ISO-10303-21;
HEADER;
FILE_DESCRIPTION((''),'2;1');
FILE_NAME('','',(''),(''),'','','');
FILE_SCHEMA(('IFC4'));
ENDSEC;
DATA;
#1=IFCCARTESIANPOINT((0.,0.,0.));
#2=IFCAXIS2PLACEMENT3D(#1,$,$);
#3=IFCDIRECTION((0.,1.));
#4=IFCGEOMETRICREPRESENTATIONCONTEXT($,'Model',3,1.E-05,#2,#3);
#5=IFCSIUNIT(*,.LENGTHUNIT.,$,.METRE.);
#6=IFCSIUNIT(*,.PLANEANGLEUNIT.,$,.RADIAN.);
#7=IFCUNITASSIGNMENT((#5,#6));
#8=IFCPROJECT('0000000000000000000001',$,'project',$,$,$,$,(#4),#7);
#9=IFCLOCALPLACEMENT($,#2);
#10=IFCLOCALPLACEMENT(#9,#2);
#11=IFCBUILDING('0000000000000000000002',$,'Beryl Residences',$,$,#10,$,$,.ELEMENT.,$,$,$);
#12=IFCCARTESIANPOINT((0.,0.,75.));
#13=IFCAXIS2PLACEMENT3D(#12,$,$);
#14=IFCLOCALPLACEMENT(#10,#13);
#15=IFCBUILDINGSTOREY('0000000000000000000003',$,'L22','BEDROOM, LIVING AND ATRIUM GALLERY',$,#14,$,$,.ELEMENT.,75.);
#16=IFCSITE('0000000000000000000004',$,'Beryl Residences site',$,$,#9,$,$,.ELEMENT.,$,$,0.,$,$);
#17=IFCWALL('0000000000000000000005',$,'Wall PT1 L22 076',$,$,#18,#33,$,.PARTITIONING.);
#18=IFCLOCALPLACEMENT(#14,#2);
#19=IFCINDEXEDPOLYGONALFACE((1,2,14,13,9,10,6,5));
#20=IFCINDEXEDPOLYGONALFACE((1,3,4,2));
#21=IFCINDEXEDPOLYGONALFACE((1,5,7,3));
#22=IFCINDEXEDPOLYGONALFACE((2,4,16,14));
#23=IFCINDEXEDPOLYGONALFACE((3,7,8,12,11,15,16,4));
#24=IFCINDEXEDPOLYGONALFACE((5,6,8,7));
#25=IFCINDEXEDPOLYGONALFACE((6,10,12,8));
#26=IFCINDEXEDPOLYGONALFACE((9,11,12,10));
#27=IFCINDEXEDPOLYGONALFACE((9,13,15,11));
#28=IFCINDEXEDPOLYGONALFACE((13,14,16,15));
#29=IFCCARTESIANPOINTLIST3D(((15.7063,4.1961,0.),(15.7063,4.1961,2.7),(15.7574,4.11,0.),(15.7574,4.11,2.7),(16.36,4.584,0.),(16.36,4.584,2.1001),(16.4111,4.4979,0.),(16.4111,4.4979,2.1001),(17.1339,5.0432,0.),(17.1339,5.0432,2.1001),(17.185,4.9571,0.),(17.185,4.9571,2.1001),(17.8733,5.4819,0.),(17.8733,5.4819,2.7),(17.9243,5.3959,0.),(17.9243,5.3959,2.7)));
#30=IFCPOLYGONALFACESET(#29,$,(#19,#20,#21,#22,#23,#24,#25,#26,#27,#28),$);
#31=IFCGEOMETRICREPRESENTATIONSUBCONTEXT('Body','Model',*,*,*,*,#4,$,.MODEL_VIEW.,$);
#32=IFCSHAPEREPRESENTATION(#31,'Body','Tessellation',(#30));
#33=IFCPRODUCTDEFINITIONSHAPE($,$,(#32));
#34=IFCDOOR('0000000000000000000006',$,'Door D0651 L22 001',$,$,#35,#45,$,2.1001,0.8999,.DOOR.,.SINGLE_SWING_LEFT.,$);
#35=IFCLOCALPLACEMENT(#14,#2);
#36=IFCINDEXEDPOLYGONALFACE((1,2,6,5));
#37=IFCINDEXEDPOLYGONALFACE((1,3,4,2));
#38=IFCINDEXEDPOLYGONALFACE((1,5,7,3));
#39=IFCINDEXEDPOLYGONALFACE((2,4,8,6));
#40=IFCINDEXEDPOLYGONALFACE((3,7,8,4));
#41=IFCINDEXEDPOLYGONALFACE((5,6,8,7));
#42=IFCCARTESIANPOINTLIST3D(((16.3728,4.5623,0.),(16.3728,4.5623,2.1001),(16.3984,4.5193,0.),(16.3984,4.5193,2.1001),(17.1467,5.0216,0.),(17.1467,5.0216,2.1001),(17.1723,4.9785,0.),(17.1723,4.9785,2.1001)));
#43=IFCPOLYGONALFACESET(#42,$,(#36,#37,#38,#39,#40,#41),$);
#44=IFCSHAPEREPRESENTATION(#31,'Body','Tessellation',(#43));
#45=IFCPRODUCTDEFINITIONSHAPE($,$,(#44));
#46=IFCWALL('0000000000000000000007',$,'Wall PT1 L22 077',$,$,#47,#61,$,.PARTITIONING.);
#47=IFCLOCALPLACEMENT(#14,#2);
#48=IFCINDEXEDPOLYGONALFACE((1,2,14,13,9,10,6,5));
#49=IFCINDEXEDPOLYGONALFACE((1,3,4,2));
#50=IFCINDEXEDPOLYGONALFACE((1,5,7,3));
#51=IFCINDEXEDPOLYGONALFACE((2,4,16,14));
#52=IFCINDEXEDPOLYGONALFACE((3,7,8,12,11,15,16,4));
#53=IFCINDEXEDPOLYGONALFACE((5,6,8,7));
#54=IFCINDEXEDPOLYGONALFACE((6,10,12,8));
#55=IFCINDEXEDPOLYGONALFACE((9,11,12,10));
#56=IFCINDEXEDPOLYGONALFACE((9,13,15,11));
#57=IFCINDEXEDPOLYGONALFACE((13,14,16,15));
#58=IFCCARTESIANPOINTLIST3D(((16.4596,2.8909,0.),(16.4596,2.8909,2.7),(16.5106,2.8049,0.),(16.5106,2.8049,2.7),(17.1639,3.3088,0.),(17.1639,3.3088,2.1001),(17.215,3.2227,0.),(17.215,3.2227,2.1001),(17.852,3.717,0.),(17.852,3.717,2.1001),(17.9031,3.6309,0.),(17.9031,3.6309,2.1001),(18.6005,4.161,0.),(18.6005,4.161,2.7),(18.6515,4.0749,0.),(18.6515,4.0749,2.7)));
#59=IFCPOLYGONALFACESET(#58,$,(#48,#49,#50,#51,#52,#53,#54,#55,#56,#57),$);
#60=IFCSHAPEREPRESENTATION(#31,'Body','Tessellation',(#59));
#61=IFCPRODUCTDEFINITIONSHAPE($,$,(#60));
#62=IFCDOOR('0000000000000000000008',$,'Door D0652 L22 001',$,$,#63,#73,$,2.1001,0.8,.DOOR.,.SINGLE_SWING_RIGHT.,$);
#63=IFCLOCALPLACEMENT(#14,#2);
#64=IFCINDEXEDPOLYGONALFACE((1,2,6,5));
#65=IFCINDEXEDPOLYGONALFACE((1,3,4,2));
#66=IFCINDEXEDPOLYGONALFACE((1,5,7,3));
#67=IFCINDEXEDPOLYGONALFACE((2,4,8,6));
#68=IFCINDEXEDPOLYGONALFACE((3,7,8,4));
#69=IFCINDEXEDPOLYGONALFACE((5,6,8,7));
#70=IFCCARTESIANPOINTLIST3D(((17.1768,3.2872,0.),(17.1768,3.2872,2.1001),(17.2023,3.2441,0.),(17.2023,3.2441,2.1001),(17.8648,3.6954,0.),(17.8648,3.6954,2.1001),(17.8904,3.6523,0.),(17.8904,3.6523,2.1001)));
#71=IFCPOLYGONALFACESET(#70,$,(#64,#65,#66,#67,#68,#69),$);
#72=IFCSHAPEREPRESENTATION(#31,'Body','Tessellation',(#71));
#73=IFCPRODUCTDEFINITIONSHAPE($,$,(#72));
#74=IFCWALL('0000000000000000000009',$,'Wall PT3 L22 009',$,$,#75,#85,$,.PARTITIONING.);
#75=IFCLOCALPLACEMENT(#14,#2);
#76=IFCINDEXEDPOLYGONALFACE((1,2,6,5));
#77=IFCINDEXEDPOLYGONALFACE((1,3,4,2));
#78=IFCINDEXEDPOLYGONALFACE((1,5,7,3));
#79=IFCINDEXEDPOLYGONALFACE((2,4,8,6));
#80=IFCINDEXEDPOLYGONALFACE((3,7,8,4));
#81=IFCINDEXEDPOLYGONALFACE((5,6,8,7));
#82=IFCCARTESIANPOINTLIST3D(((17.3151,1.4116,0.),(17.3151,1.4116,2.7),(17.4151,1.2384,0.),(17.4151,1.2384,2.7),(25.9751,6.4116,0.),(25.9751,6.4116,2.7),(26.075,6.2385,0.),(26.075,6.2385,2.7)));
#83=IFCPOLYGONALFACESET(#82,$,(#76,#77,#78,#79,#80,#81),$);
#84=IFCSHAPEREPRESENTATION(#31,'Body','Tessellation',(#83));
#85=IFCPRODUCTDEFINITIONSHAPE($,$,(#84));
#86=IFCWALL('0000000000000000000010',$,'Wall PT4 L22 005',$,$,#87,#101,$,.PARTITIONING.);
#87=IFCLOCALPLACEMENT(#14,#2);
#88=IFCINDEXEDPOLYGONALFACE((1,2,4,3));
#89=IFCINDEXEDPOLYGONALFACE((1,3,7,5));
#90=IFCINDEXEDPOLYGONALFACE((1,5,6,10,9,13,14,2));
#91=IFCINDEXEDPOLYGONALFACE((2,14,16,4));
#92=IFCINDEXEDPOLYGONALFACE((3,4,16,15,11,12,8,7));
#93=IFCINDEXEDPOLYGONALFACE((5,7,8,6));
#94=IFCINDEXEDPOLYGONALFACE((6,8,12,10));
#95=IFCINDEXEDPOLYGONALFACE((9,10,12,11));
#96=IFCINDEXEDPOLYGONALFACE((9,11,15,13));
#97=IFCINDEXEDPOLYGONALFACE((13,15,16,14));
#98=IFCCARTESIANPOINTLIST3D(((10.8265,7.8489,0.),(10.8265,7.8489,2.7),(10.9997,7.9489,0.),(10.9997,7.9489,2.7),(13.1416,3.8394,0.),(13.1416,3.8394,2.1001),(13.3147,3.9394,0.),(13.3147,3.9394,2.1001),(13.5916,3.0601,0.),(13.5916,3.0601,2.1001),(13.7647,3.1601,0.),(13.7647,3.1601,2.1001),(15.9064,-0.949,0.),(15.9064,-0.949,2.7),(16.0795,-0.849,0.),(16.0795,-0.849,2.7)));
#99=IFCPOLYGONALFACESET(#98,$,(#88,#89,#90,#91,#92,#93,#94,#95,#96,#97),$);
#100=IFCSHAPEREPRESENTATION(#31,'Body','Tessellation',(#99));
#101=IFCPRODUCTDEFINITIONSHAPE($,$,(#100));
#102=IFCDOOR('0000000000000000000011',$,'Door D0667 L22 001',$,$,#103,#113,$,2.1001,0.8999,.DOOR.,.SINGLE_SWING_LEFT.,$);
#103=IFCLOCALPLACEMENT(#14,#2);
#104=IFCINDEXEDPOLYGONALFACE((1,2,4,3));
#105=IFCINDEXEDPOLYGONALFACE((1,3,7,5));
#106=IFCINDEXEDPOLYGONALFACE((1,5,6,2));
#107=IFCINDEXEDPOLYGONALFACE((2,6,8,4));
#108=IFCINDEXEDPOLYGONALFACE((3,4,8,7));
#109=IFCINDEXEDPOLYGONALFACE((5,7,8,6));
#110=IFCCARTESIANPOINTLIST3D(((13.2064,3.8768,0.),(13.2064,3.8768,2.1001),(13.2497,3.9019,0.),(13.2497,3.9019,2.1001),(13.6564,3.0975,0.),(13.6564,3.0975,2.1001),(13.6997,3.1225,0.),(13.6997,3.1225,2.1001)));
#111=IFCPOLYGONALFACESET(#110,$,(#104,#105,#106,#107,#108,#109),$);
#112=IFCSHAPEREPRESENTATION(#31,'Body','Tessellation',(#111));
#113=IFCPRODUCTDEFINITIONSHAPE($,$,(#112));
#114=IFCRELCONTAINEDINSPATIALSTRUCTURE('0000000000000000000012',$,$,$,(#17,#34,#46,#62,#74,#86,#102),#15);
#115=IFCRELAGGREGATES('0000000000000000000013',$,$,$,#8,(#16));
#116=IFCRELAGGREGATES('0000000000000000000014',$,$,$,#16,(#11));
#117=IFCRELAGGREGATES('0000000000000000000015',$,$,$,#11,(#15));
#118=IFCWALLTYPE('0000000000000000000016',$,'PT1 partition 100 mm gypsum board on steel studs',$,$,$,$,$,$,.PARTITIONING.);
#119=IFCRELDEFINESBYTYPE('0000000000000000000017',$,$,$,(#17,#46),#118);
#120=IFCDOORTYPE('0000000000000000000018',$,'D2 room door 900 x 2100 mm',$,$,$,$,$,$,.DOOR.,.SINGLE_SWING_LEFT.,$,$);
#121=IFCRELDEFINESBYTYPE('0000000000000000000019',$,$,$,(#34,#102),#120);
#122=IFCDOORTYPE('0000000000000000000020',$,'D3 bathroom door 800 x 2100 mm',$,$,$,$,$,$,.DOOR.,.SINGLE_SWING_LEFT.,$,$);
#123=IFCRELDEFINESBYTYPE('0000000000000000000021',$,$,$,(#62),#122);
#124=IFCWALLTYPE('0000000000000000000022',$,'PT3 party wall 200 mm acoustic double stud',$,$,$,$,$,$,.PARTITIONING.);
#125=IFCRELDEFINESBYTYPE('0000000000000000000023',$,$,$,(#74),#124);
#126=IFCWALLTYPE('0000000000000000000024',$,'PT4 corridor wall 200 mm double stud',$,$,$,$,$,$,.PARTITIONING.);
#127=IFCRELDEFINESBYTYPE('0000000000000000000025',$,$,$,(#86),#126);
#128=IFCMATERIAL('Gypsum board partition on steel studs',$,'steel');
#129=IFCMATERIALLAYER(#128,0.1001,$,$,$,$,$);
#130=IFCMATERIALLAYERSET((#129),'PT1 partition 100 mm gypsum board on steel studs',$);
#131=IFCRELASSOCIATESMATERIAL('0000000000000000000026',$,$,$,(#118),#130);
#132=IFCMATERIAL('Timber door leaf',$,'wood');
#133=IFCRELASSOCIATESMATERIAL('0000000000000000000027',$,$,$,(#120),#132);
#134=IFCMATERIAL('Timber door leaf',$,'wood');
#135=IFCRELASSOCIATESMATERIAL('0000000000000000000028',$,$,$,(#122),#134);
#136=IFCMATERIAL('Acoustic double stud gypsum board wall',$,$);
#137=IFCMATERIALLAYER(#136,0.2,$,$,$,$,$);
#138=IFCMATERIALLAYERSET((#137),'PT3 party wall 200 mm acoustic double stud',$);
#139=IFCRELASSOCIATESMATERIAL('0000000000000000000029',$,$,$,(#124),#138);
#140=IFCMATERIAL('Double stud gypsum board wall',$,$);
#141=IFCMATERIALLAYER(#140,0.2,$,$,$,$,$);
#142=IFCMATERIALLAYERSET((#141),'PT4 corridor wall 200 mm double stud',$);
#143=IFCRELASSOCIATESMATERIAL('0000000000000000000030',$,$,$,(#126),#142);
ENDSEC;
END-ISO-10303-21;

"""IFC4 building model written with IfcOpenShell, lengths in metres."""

from ifc_helpers import new_model, si_unit, direction, frame, frame_2d, origin, place, context, subcontext, project, spatial, rectangle, extrude, material, layer, layer_set, type_object, element, fill, save


model = new_model("IFC4")

# Units and contexts
model_context = context("Model", 3, precision=1e-05, world=origin(), true_north=direction((0.0, 1.0)))
body_context = subcontext(model_context, "Body", "Model", "MODEL_VIEW")
ifc_project = project(units=[si_unit("LENGTHUNIT", "METRE"), si_unit("PLANEANGLEUNIT", "RADIAN")], contexts=[model_context])

# Site, building, storey
site_placement = place(None, origin())
site = spatial("IfcSite", under=ifc_project, at=site_placement, Name="Beryl Residences site", CompositionType="ELEMENT", RefElevation=0.0)
building_placement = place(site_placement, origin())
building = spatial("IfcBuilding", under=site, at=building_placement, Name="Beryl Residences", CompositionType="ELEMENT")
storey_placement = place(building_placement, frame((0.0, 0.0, 75.0)))
storey = spatial("IfcBuildingStorey", under=building, at=storey_placement, Name="L22", Description="BEDROOM, LIVING AND ATRIUM GALLERY", CompositionType="ELEMENT", Elevation=75.0)

# Shared definitions
ifc_material_1 = material(Name="Gypsum board partition on steel studs", Category="steel")
ifc_layer_1 = layer(ifc_material_1, 0.1001)
ifc_layer_set_1 = layer_set([ifc_layer_1], Name="PT1 partition 100 mm gypsum board on steel studs")
wall_type_1 = type_object("IfcWallType", Name="PT1 partition 100 mm gypsum board on steel studs", PredefinedType="PARTITIONING", material=ifc_layer_set_1)

# Walls, openings, doors
ifc_material_2 = material(Name="Timber door leaf", Category="wood")
door_type_1 = type_object("IfcDoorType", Name="D2 room door 900 x 2100 mm", OperationType="SINGLE_SWING_LEFT", PredefinedType="DOOR", material=ifc_material_2)
wall_1_placement = place(storey_placement, frame((15.7319, 4.1531, 0.0), z_axis=(0.0, 0.0, 1.0), x_axis=(0.859988, 0.510315, 0.0)))
wall_1 = element("IfcWall", 1, at=wall_1_placement, inside=storey, type_object=wall_type_1, Name="Wall PT1 L22 076", PredefinedType="PARTITIONING", context=body_context, shape_type="SweptSolid", body=[
    extrude(rectangle(XDim=2.5198, YDim=0.1001, at=frame_2d((1.2598, 0.0))), origin(), (0.0, 0.0, 1.0), 2.7),
])
opening_1_placement = place(wall_1_placement, frame((0.76, 0.0, 0.0)))
opening_1 = element("IfcOpeningElement", 2, at=opening_1_placement, cuts=wall_1, PredefinedType="OPENING", context=body_context, shape_type="SweptSolid", body=[
    extrude(rectangle(XDim=0.8999, YDim=2.1001, at=frame_2d((0.45, 1.05))), frame((0.0, 0.0601, 0.0), z_axis=(0.0, -1.0, 0.0), x_axis=(1.0, 0.0, 0.0)), (0.0, 0.0, 1.0), 0.1201),
])
door_1_placement = place(opening_1_placement, origin())
door_1 = element("IfcDoor", 3, at=door_1_placement, inside=storey, type_object=door_type_1, Name="Door D0651 L22 001", OperationType="SINGLE_SWING_LEFT", OverallHeight=2.1001, OverallWidth=0.8999, PredefinedType="DOOR", context=body_context, shape_type="SweptSolid", body=[
    extrude(rectangle(XDim=0.8999, YDim=2.1001, at=frame_2d((0.45, 1.05))), frame((0.0, 0.0249, 0.0), z_axis=(0.0, -1.0, 0.0), x_axis=(1.0, 0.0, 0.0)), (0.0, 0.0, 1.0), 0.05),
])
fill(opening_1, door_1)
wall_2_placement = place(storey_placement, frame((16.4851, 2.8479, 0.0), z_axis=(0.0, 0.0, 1.0), x_axis=(0.860052, 0.510206, 0.0)))
wall_2 = element("IfcWall", 4, at=wall_2_placement, inside=storey, type_object=wall_type_1, Name="Wall PT1 L22 077", PredefinedType="PARTITIONING", context=body_context, shape_type="SweptSolid", body=[
    extrude(rectangle(XDim=2.4893, YDim=0.1001, at=frame_2d((1.2446, 0.0))), origin(), (0.0, 0.0, 1.0), 2.7),
])
opening_2_placement = place(wall_2_placement, frame((0.8191, 0.0, 0.0)))
opening_2 = element("IfcOpeningElement", 5, at=opening_2_placement, cuts=wall_2, PredefinedType="OPENING", context=body_context, shape_type="SweptSolid", body=[
    extrude(rectangle(XDim=0.8, YDim=2.1001, at=frame_2d((0.3999, 1.05))), frame((0.0, 0.0601, 0.0), z_axis=(0.0, -1.0, 0.0), x_axis=(1.0, 0.0, 0.0)), (0.0, 0.0, 1.0), 0.1201),
])
ifc_material_3 = material(Name="Timber door leaf", Category="wood")
door_type_2 = type_object("IfcDoorType", Name="D3 bathroom door 800 x 2100 mm", OperationType="SINGLE_SWING_LEFT", PredefinedType="DOOR", material=ifc_material_3)
door_2_placement = place(opening_2_placement, origin())
door_2 = element("IfcDoor", 6, at=door_2_placement, inside=storey, type_object=door_type_2, Name="Door D0652 L22 001", OperationType="SINGLE_SWING_RIGHT", OverallHeight=2.1001, OverallWidth=0.8, PredefinedType="DOOR", context=body_context, shape_type="SweptSolid", body=[
    extrude(rectangle(XDim=0.8, YDim=2.1001, at=frame_2d((0.3999, 1.05))), frame((0.0, 0.0249, 0.0), z_axis=(0.0, -1.0, 0.0), x_axis=(1.0, 0.0, 0.0)), (0.0, 0.0, 1.0), 0.05),
])
fill(opening_2, door_2)

# Wall
ifc_material_4 = material(Name="Acoustic double stud gypsum board wall")
ifc_layer_2 = layer(ifc_material_4, 0.2)
ifc_layer_set_2 = layer_set([ifc_layer_2], Name="PT3 party wall 200 mm acoustic double stud")
wall_type_2 = type_object("IfcWallType", Name="PT3 party wall 200 mm acoustic double stud", PredefinedType="PARTITIONING", material=ifc_layer_set_2)
wall_3_placement = place(storey_placement, frame((17.365, 1.325, 0.0), z_axis=(0.0, 0.0, 1.0), x_axis=(0.866017, 0.500015, 0.0)))
element("IfcWall", 7, at=wall_3_placement, inside=storey, type_object=wall_type_2, Name="Wall PT3 L22 009", PredefinedType="PARTITIONING", context=body_context, shape_type="SweptSolid", body=[
    extrude(rectangle(XDim=9.9998, YDim=0.2, at=frame_2d((5.0, 0.0))), origin(), (0.0, 0.0, 1.0), 2.7),
])

# Wall, opening, door
ifc_material_5 = material(Name="Double stud gypsum board wall")
ifc_layer_3 = layer(ifc_material_5, 0.2)
ifc_layer_set_3 = layer_set([ifc_layer_3], Name="PT4 corridor wall 200 mm double stud")
wall_type_3 = type_object("IfcWallType", Name="PT4 corridor wall 200 mm double stud", PredefinedType="PARTITIONING", material=ifc_layer_set_3)
wall_4_placement = place(storey_placement, frame((10.9131, 7.8989, 0.0), z_axis=(0.0, 0.0, 1.0), x_axis=(0.500029, -0.866009, 0.0)))
wall_4 = element("IfcWall", 8, at=wall_4_placement, inside=storey, type_object=wall_type_3, Name="Wall PT4 L22 005", PredefinedType="PARTITIONING", context=body_context, shape_type="SweptSolid", body=[
    extrude(rectangle(XDim=10.1592, YDim=0.2, at=frame_2d((5.0796, 0.0))), origin(), (0.0, 0.0, 1.0), 2.7),
])
opening_3_placement = place(wall_4_placement, frame((4.6299, 0.0, 0.0)))
opening_3 = element("IfcOpeningElement", 9, at=opening_3_placement, cuts=wall_4, PredefinedType="OPENING", context=body_context, shape_type="SweptSolid", body=[
    extrude(rectangle(XDim=0.8999, YDim=2.1001, at=frame_2d((0.45, 1.05))), frame((0.0, 0.1099, 0.0), z_axis=(0.0, -1.0, 0.0), x_axis=(1.0, 0.0, 0.0)), (0.0, 0.0, 1.0), 0.22),
])
door_3_placement = place(opening_3_placement, origin())
door_3 = element("IfcDoor", 10, at=door_3_placement, inside=storey, type_object=door_type_1, Name="Door D0667 L22 001", OperationType="SINGLE_SWING_LEFT", OverallHeight=2.1001, OverallWidth=0.8999, PredefinedType="DOOR", context=body_context, shape_type="SweptSolid", body=[
    extrude(rectangle(XDim=0.8999, YDim=2.1001, at=frame_2d((0.45, 1.05))), frame((0.0, 0.0249, 0.0), z_axis=(0.0, -1.0, 0.0), x_axis=(1.0, 0.0, 0.0)), (0.0, 0.0, 1.0), 0.05),
])
fill(opening_3, door_3)

save(model, "model.ifc")
